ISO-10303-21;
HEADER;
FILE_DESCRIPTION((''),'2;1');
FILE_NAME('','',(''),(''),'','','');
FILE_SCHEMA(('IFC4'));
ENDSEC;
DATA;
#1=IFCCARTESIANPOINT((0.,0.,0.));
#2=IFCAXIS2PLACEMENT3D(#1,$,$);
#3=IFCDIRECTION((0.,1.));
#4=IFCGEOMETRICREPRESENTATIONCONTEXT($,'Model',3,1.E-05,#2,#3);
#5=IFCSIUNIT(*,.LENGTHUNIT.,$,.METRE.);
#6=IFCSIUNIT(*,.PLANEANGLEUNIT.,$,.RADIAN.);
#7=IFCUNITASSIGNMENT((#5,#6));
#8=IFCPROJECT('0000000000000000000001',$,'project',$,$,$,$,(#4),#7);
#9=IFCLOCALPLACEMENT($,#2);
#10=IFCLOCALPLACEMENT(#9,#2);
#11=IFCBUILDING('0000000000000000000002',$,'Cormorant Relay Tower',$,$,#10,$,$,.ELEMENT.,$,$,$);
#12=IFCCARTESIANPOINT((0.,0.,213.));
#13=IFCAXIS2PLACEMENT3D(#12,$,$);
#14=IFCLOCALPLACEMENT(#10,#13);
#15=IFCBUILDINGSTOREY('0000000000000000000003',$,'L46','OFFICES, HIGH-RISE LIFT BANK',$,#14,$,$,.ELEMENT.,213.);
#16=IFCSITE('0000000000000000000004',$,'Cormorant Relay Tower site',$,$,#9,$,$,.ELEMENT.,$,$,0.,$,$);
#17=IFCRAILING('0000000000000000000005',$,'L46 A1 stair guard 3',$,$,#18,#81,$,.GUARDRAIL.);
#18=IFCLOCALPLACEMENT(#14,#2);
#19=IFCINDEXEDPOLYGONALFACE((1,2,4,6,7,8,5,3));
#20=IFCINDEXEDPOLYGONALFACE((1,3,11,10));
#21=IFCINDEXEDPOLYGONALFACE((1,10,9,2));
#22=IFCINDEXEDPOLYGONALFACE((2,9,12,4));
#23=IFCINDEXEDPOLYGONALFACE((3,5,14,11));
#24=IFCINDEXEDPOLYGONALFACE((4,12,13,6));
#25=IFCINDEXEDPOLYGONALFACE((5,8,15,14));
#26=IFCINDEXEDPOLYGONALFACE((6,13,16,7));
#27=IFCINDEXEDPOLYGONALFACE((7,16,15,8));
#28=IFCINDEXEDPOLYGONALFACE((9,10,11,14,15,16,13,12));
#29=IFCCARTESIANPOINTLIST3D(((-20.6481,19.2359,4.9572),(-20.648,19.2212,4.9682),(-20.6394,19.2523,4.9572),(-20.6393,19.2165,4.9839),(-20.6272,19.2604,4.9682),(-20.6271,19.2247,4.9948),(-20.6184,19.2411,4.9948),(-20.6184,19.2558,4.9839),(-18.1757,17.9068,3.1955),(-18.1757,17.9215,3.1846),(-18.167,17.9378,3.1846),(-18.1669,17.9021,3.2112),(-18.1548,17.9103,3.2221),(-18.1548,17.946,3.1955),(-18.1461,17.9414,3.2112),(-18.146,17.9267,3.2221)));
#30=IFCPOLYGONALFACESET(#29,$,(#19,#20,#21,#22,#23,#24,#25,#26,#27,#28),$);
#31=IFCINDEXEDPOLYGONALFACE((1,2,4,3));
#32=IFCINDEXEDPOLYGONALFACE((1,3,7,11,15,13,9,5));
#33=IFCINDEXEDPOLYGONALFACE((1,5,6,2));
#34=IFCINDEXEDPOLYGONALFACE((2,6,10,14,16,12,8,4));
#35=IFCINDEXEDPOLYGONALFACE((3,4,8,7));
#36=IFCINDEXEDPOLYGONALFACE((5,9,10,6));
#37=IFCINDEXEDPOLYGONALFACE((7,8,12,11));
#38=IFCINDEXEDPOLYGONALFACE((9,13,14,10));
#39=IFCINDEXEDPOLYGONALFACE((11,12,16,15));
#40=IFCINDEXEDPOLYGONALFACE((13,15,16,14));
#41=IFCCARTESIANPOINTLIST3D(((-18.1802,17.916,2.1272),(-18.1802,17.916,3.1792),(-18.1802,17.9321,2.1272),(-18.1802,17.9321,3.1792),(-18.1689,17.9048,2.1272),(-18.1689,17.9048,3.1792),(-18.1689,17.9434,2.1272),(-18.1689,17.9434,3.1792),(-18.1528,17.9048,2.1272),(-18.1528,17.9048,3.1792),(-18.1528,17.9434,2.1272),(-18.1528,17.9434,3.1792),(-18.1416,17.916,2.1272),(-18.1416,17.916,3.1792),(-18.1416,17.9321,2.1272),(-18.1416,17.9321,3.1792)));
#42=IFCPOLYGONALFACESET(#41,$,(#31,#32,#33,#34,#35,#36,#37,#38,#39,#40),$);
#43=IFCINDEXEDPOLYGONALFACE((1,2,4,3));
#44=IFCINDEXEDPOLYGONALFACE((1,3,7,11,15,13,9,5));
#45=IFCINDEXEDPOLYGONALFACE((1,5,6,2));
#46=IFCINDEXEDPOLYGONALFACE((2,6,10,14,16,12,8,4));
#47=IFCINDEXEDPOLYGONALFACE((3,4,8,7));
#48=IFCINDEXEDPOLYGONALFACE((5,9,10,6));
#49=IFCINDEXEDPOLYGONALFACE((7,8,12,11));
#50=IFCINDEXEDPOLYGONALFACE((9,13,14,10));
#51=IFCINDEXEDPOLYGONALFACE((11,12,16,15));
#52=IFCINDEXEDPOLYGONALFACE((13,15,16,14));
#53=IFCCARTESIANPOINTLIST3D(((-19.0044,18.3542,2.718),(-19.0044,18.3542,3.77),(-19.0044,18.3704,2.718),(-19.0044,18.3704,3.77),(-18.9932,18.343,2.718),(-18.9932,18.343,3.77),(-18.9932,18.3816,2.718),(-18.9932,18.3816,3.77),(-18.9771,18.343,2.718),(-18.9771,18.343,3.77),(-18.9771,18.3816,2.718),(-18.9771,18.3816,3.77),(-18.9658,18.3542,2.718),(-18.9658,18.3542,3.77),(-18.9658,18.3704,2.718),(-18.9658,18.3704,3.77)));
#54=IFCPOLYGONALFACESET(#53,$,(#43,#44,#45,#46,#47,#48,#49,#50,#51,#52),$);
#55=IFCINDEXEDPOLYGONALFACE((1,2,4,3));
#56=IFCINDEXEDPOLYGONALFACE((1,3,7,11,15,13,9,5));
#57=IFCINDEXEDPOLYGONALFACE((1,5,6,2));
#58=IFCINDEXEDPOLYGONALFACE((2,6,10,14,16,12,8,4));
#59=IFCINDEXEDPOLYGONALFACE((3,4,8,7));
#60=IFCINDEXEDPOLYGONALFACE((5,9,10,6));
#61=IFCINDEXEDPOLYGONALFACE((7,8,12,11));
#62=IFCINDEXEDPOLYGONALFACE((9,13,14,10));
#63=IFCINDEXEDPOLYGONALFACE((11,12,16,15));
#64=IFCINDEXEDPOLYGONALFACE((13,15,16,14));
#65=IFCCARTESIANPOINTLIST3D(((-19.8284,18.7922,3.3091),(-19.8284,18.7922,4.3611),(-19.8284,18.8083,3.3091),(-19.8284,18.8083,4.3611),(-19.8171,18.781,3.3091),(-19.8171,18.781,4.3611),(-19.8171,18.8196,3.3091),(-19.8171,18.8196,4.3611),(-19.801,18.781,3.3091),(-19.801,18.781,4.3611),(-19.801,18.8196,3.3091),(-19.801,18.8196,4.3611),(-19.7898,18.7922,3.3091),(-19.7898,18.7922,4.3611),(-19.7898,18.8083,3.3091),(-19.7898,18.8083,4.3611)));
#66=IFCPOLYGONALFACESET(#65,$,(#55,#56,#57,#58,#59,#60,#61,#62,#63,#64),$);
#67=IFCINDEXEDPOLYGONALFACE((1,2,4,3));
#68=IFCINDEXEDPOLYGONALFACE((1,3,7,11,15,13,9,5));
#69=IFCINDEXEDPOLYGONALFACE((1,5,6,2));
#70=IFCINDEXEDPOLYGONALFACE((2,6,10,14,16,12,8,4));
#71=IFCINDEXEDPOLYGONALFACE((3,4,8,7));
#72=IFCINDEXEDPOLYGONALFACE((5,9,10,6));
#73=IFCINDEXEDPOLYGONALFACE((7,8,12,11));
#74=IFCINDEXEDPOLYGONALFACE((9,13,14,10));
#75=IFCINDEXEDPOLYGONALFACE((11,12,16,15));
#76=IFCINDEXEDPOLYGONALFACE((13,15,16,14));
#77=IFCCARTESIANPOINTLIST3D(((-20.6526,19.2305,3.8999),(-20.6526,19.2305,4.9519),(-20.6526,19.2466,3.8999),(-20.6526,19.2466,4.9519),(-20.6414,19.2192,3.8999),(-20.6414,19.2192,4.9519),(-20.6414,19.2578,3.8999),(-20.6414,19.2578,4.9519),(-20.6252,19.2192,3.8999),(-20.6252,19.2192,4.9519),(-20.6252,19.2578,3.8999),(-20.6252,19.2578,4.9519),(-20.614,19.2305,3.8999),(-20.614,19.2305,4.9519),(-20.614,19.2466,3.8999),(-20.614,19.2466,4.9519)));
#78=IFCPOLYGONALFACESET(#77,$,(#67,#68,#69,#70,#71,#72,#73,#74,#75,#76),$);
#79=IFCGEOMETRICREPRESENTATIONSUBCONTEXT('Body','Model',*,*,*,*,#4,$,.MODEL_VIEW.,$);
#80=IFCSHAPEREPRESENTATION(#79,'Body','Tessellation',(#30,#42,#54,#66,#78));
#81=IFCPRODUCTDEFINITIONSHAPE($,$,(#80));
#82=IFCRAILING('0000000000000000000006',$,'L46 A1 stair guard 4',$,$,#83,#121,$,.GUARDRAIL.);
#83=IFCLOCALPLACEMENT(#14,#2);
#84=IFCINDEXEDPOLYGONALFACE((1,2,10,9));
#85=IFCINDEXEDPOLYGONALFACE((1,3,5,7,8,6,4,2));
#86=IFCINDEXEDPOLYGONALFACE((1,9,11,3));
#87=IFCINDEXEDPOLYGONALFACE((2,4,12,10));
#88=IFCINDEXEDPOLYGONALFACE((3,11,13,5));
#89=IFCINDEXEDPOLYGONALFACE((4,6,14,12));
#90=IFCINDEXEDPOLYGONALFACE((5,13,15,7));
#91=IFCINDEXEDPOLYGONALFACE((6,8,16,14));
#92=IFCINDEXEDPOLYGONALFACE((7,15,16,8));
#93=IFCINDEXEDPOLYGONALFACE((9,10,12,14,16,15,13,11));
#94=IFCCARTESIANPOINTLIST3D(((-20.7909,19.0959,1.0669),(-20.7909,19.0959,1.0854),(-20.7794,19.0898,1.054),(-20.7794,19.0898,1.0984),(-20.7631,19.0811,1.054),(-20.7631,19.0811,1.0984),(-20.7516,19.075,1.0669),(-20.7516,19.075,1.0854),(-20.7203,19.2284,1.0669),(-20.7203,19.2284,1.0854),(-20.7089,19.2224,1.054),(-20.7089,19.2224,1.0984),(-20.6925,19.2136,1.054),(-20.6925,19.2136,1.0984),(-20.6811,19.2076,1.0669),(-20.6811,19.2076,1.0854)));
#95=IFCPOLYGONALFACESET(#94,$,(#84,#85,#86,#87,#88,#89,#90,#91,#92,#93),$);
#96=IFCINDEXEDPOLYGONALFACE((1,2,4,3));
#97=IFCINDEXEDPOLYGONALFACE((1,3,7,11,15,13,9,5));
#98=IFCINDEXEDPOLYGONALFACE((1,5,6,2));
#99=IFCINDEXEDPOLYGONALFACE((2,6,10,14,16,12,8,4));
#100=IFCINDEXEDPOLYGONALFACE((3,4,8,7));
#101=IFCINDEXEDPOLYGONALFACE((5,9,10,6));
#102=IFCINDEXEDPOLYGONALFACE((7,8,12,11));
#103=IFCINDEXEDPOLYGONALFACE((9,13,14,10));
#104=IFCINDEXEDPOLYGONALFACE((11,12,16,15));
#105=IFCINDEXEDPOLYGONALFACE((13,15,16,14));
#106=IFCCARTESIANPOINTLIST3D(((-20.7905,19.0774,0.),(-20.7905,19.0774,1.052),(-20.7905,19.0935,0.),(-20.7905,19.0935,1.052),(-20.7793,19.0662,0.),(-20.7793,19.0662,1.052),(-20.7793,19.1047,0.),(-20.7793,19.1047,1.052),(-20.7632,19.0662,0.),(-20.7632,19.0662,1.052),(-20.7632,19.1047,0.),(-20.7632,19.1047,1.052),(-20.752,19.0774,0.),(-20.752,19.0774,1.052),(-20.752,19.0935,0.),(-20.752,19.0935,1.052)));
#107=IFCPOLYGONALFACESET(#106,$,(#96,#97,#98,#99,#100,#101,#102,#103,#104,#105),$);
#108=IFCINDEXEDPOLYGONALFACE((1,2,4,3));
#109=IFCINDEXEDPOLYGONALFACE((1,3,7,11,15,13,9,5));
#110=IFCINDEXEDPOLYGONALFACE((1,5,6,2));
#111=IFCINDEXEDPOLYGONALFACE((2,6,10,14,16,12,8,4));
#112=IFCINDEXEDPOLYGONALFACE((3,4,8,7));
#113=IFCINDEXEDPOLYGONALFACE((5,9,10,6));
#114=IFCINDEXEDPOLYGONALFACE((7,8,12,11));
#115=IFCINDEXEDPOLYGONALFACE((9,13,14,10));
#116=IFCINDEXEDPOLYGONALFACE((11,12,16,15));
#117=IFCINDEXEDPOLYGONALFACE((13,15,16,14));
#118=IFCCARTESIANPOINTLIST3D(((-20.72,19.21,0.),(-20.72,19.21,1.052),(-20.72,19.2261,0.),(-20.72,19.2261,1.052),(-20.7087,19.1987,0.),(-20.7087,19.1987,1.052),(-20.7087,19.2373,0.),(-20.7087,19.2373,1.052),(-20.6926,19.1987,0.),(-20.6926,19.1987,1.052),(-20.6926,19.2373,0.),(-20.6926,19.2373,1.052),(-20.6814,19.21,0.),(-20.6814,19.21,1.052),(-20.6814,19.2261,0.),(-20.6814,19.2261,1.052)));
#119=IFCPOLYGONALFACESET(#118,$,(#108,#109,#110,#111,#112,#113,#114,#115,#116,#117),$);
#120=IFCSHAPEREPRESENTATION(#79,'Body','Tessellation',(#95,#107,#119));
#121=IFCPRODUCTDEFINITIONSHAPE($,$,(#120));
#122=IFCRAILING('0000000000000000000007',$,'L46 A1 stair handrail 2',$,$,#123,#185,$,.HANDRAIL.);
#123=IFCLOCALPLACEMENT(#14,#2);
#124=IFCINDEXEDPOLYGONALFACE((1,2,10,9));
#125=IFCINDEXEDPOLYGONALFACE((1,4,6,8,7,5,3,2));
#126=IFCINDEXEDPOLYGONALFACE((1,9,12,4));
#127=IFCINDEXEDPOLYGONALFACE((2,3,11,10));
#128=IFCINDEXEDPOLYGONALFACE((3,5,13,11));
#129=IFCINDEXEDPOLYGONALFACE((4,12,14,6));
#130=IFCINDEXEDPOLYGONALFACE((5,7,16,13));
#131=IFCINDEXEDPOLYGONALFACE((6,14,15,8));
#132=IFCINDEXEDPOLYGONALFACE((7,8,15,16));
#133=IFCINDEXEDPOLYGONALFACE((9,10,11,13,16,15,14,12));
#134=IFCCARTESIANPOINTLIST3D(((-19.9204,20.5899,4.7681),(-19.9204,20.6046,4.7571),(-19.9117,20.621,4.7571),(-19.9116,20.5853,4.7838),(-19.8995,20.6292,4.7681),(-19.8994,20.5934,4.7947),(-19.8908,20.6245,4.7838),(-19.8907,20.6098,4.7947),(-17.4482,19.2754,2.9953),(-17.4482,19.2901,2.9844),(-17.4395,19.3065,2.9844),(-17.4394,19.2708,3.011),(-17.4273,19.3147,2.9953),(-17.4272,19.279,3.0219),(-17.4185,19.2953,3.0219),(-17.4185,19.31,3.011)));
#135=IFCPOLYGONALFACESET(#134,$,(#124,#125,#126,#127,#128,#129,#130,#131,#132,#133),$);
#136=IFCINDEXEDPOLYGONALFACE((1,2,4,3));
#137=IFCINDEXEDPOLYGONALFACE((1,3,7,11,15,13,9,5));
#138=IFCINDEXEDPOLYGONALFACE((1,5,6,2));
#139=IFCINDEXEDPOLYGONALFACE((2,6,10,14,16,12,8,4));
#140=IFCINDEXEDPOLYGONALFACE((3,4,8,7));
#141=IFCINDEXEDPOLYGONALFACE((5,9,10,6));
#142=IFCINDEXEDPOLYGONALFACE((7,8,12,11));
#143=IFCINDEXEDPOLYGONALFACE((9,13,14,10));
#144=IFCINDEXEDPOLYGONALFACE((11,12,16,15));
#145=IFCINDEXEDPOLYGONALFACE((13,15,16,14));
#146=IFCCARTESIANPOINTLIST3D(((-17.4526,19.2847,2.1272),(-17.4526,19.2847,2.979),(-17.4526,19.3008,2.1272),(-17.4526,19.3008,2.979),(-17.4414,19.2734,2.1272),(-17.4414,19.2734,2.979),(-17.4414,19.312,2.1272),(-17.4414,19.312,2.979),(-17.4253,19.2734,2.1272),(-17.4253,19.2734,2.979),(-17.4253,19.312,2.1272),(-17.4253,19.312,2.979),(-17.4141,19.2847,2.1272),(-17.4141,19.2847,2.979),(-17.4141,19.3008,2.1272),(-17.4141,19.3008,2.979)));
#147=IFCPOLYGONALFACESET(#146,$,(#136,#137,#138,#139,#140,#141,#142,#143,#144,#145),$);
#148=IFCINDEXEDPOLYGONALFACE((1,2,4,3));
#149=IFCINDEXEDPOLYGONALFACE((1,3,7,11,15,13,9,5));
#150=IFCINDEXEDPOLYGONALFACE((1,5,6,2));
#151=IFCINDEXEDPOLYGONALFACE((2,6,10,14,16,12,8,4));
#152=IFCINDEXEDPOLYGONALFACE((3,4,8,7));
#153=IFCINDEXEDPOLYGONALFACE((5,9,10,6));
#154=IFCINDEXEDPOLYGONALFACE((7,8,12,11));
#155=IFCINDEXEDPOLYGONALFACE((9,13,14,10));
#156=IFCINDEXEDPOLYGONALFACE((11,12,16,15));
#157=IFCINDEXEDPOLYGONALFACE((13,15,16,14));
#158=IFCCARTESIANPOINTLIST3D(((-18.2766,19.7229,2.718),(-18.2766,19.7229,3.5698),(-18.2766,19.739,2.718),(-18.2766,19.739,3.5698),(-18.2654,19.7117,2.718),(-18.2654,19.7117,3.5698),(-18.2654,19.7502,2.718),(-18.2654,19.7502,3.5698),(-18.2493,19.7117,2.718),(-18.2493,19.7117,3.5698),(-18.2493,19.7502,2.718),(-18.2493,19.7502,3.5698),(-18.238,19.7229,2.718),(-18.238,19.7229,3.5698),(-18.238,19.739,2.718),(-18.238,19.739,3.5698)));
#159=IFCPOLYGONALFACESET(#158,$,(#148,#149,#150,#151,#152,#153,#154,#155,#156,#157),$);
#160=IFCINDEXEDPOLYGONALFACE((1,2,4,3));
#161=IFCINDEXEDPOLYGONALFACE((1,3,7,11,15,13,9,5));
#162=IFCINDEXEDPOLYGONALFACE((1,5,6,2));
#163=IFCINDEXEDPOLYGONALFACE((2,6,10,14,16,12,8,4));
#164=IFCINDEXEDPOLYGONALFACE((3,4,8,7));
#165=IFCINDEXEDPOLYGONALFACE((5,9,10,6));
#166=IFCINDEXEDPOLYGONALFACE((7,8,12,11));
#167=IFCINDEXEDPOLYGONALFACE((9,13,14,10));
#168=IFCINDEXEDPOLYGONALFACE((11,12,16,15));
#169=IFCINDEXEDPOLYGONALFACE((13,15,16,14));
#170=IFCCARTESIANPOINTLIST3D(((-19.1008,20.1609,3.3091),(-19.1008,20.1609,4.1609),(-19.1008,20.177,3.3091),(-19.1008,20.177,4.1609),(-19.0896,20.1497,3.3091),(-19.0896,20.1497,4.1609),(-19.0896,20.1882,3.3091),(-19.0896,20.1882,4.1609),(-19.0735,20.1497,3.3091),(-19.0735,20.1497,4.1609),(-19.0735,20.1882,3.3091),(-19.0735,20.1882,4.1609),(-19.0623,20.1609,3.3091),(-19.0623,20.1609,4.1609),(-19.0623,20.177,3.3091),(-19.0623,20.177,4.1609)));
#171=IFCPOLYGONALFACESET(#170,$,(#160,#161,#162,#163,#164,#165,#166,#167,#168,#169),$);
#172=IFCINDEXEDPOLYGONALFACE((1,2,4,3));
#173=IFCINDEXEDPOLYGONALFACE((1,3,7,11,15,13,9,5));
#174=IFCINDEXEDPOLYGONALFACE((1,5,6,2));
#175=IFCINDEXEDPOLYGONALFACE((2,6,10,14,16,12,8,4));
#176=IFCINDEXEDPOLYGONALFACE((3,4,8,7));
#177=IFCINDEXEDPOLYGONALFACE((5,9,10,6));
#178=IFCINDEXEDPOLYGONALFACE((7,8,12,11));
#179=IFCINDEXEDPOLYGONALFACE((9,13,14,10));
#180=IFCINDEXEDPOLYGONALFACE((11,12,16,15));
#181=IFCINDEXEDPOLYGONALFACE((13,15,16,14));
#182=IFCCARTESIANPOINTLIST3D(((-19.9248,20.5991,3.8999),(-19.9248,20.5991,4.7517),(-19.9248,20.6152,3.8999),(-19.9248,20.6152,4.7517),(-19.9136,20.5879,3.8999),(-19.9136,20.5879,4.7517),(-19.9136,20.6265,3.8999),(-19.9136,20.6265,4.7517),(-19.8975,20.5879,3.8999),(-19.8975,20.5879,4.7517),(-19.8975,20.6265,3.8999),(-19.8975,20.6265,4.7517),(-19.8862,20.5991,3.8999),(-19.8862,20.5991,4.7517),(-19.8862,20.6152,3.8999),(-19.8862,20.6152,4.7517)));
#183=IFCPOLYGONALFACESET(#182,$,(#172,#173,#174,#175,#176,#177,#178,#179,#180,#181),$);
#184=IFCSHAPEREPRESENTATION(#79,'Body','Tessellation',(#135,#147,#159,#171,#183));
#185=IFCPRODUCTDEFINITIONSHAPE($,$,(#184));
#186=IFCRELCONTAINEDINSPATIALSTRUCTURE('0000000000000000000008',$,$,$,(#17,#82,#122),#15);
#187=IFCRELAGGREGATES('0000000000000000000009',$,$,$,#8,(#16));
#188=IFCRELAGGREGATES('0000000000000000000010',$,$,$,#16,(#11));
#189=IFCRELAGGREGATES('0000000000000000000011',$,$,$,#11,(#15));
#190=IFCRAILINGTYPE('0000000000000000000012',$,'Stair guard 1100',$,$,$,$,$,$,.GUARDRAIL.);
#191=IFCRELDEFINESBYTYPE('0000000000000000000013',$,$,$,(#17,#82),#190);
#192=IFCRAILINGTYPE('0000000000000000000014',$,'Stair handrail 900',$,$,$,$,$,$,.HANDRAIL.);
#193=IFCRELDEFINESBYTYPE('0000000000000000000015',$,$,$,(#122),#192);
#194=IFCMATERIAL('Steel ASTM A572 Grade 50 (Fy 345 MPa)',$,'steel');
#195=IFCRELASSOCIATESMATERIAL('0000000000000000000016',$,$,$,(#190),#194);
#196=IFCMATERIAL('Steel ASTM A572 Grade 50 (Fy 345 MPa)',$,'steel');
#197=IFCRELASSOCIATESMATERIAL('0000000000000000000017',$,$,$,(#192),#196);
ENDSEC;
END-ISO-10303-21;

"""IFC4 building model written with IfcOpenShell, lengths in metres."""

from ifc_helpers import new_model, si_unit, direction, frame, origin, place, context, subcontext, project, spatial, polyline, outline, extrude, material, type_object, element, save


model = new_model("IFC4")

# Units and contexts
model_context = context("Model", 3, precision=1e-05, world=origin(), true_north=direction((0.0, 1.0)))
body_context = subcontext(model_context, "Body", "Model", "MODEL_VIEW")
ifc_project = project(units=[si_unit("LENGTHUNIT", "METRE"), si_unit("PLANEANGLEUNIT", "RADIAN")], contexts=[model_context])

# Site, building, storey
site_placement = place(None, origin())
site = spatial("IfcSite", under=ifc_project, at=site_placement, Name="Cormorant Relay Tower site", CompositionType="ELEMENT", RefElevation=0.0)
building_placement = place(site_placement, origin())
building = spatial("IfcBuilding", under=site, at=building_placement, Name="Cormorant Relay Tower", CompositionType="ELEMENT")
storey_placement = place(building_placement, frame((0.0, 0.0, 213.0)))
storey = spatial("IfcBuildingStorey", under=building, at=storey_placement, Name="L46", Description="OFFICES, HIGH-RISE LIFT BANK", CompositionType="ELEMENT", Elevation=213.0)

# Railings
ifc_material_1 = material(Name="Steel ASTM A572 Grade 50 (Fy 345 MPa)", Category="steel")
railing_type_1 = type_object("IfcRailingType", Name="Stair guard 1100", PredefinedType="GUARDRAIL", material=ifc_material_1)
railing_1_placement = place(storey_placement, frame((-18.1609, 17.9241, 2.1272)))
element("IfcRailing", 1, at=railing_1_placement, inside=storey, type_object=railing_type_1, Name="L46 A1 stair guard 3", PredefinedType="GUARDRAIL", context=body_context, shape_type="SweptSolid", body=[
    extrude(outline(polyline([(0.0222, 0.0093), (0.0093, 0.0222), (-0.0093, 0.0222), (-0.0222, 0.0093), (-0.0222, -0.0093), (-0.0093, -0.0222), (0.0093, -0.0222), (0.0222, -0.0093), (0.0222, 0.0093)])), frame((0.0, 0.0, 1.0762), z_axis=(-0.746034, 0.396627, 0.534902), x_axis=(-0.469429, -0.88297, 0.0)), (0.0, 0.0, 1.0), 3.314),
    extrude(outline(polyline([(0.0193, 0.0081), (0.0081, 0.0193), (-0.0081, 0.0193), (-0.0193, 0.0081), (-0.0193, -0.0081), (-0.0081, -0.0193), (0.0081, -0.0193), (0.0193, -0.0081), (0.0193, 0.0081)])), origin(), (0.0, 0.0, 1.0), 1.052),
    extrude(outline(polyline([(0.0193, 0.0081), (0.0081, 0.0193), (-0.0081, 0.0193), (-0.0193, 0.0081), (-0.0193, -0.0081), (-0.0081, -0.0193), (0.0081, -0.0193), (0.0193, -0.0081), (0.0193, 0.0081)])), frame((-0.8242, 0.4382, 0.5908)), (0.0, 0.0, 1.0), 1.052),
    extrude(outline(polyline([(0.0193, 0.0081), (0.0081, 0.0193), (-0.0081, 0.0193), (-0.0193, 0.0081), (-0.0193, -0.0081), (-0.0081, -0.0193), (0.0081, -0.0193), (0.0193, -0.0081), (0.0193, 0.0081)])), frame((-1.6482, 0.8762, 1.1819)), (0.0, 0.0, 1.0), 1.052),
    extrude(outline(polyline([(0.0193, 0.0081), (0.0081, 0.0193), (-0.0081, 0.0193), (-0.0193, 0.0081), (-0.0193, -0.0081), (-0.0081, -0.0193), (0.0081, -0.0193), (0.0193, -0.0081), (0.0193, 0.0081)])), frame((-2.4724, 1.3145, 1.7727)), (0.0, 0.0, 1.0), 1.052),
])
railing_2_placement = place(storey_placement, frame((-20.7712, 19.0854, 0.0)))
element("IfcRailing", 2, at=railing_2_placement, inside=storey, type_object=railing_type_1, Name="L46 A1 stair guard 4", PredefinedType="GUARDRAIL", context=body_context, shape_type="SweptSolid", body=[
    extrude(outline(polyline([(0.0222, 0.0093), (0.0093, 0.0222), (-0.0093, 0.0222), (-0.0222, 0.0093), (-0.0222, -0.0093), (-0.0093, -0.0222), (0.0093, -0.0222), (0.0222, -0.0093), (0.0222, 0.0093)])), frame((0.0, 0.0, 1.0762), z_axis=(0.469829, 0.882758, 0.0), x_axis=(-0.882758, 0.469829, 0.0)), (0.0, 0.0, 1.0), 0.1501),
    extrude(outline(polyline([(0.0193, 0.0081), (0.0081, 0.0193), (-0.0081, 0.0193), (-0.0193, 0.0081), (-0.0193, -0.0081), (-0.0081, -0.0193), (0.0081, -0.0193), (0.0193, -0.0081), (0.0193, 0.0081)])), origin(), (0.0, 0.0, 1.0), 1.052),
    extrude(outline(polyline([(0.0193, 0.0081), (0.0081, 0.0193), (-0.0081, 0.0193), (-0.0193, 0.0081), (-0.0193, -0.0081), (-0.0081, -0.0193), (0.0081, -0.0193), (0.0193, -0.0081), (0.0193, 0.0081)])), frame((0.0706, 0.1326, 0.0)), (0.0, 0.0, 1.0), 1.052),
])
ifc_material_2 = material(Name="Steel ASTM A572 Grade 50 (Fy 345 MPa)", Category="steel")
railing_type_2 = type_object("IfcRailingType", Name="Stair handrail 900", PredefinedType="HANDRAIL", material=ifc_material_2)
railing_3_placement = place(storey_placement, frame((-17.4333, 19.2927, 2.1272)))
element("IfcRailing", 3, at=railing_3_placement, inside=storey, type_object=railing_type_2, Name="L46 A1 stair handrail 2", PredefinedType="HANDRAIL", context=body_context, shape_type="SweptSolid", body=[
    extrude(outline(polyline([(0.0222, 0.0093), (0.0093, 0.0222), (-0.0093, 0.0222), (-0.0222, 0.0093), (-0.0222, -0.0093), (-0.0093, -0.0222), (0.0093, -0.0222), (0.0222, -0.0093), (0.0222, 0.0093)])), frame((0.0, 0.0, 0.876), z_axis=(-0.746001, 0.396649, 0.534931), x_axis=(-0.469465, -0.882951, 0.0)), (0.0, 0.0, 1.0), 3.314),
    extrude(outline(polyline([(0.0193, 0.0081), (0.0081, 0.0193), (-0.0081, 0.0193), (-0.0193, 0.0081), (-0.0193, -0.0081), (-0.0081, -0.0193), (0.0081, -0.0193), (0.0193, -0.0081), (0.0193, 0.0081)])), origin(), (0.0, 0.0, 1.0), 0.8518),
    extrude(outline(polyline([(0.0193, 0.0081), (0.0081, 0.0193), (-0.0081, 0.0193), (-0.0193, 0.0081), (-0.0193, -0.0081), (-0.0081, -0.0193), (0.0081, -0.0193), (0.0193, -0.0081), (0.0193, 0.0081)])), frame((-0.824, 0.4382, 0.5908)), (0.0, 0.0, 1.0), 0.8518),
    extrude(outline(polyline([(0.0193, 0.0081), (0.0081, 0.0193), (-0.0081, 0.0193), (-0.0193, 0.0081), (-0.0193, -0.0081), (-0.0081, -0.0193), (0.0081, -0.0193), (0.0193, -0.0081), (0.0193, 0.0081)])), frame((-1.6482, 0.8762, 1.1819)), (0.0, 0.0, 1.0), 0.8518),
    extrude(outline(polyline([(0.0193, 0.0081), (0.0081, 0.0193), (-0.0081, 0.0193), (-0.0193, 0.0081), (-0.0193, -0.0081), (-0.0081, -0.0193), (0.0081, -0.0193), (0.0193, -0.0081), (0.0193, 0.0081)])), frame((-2.4722, 1.3145, 1.7727)), (0.0, 0.0, 1.0), 0.8518),
])

save(model, "model.ifc")
